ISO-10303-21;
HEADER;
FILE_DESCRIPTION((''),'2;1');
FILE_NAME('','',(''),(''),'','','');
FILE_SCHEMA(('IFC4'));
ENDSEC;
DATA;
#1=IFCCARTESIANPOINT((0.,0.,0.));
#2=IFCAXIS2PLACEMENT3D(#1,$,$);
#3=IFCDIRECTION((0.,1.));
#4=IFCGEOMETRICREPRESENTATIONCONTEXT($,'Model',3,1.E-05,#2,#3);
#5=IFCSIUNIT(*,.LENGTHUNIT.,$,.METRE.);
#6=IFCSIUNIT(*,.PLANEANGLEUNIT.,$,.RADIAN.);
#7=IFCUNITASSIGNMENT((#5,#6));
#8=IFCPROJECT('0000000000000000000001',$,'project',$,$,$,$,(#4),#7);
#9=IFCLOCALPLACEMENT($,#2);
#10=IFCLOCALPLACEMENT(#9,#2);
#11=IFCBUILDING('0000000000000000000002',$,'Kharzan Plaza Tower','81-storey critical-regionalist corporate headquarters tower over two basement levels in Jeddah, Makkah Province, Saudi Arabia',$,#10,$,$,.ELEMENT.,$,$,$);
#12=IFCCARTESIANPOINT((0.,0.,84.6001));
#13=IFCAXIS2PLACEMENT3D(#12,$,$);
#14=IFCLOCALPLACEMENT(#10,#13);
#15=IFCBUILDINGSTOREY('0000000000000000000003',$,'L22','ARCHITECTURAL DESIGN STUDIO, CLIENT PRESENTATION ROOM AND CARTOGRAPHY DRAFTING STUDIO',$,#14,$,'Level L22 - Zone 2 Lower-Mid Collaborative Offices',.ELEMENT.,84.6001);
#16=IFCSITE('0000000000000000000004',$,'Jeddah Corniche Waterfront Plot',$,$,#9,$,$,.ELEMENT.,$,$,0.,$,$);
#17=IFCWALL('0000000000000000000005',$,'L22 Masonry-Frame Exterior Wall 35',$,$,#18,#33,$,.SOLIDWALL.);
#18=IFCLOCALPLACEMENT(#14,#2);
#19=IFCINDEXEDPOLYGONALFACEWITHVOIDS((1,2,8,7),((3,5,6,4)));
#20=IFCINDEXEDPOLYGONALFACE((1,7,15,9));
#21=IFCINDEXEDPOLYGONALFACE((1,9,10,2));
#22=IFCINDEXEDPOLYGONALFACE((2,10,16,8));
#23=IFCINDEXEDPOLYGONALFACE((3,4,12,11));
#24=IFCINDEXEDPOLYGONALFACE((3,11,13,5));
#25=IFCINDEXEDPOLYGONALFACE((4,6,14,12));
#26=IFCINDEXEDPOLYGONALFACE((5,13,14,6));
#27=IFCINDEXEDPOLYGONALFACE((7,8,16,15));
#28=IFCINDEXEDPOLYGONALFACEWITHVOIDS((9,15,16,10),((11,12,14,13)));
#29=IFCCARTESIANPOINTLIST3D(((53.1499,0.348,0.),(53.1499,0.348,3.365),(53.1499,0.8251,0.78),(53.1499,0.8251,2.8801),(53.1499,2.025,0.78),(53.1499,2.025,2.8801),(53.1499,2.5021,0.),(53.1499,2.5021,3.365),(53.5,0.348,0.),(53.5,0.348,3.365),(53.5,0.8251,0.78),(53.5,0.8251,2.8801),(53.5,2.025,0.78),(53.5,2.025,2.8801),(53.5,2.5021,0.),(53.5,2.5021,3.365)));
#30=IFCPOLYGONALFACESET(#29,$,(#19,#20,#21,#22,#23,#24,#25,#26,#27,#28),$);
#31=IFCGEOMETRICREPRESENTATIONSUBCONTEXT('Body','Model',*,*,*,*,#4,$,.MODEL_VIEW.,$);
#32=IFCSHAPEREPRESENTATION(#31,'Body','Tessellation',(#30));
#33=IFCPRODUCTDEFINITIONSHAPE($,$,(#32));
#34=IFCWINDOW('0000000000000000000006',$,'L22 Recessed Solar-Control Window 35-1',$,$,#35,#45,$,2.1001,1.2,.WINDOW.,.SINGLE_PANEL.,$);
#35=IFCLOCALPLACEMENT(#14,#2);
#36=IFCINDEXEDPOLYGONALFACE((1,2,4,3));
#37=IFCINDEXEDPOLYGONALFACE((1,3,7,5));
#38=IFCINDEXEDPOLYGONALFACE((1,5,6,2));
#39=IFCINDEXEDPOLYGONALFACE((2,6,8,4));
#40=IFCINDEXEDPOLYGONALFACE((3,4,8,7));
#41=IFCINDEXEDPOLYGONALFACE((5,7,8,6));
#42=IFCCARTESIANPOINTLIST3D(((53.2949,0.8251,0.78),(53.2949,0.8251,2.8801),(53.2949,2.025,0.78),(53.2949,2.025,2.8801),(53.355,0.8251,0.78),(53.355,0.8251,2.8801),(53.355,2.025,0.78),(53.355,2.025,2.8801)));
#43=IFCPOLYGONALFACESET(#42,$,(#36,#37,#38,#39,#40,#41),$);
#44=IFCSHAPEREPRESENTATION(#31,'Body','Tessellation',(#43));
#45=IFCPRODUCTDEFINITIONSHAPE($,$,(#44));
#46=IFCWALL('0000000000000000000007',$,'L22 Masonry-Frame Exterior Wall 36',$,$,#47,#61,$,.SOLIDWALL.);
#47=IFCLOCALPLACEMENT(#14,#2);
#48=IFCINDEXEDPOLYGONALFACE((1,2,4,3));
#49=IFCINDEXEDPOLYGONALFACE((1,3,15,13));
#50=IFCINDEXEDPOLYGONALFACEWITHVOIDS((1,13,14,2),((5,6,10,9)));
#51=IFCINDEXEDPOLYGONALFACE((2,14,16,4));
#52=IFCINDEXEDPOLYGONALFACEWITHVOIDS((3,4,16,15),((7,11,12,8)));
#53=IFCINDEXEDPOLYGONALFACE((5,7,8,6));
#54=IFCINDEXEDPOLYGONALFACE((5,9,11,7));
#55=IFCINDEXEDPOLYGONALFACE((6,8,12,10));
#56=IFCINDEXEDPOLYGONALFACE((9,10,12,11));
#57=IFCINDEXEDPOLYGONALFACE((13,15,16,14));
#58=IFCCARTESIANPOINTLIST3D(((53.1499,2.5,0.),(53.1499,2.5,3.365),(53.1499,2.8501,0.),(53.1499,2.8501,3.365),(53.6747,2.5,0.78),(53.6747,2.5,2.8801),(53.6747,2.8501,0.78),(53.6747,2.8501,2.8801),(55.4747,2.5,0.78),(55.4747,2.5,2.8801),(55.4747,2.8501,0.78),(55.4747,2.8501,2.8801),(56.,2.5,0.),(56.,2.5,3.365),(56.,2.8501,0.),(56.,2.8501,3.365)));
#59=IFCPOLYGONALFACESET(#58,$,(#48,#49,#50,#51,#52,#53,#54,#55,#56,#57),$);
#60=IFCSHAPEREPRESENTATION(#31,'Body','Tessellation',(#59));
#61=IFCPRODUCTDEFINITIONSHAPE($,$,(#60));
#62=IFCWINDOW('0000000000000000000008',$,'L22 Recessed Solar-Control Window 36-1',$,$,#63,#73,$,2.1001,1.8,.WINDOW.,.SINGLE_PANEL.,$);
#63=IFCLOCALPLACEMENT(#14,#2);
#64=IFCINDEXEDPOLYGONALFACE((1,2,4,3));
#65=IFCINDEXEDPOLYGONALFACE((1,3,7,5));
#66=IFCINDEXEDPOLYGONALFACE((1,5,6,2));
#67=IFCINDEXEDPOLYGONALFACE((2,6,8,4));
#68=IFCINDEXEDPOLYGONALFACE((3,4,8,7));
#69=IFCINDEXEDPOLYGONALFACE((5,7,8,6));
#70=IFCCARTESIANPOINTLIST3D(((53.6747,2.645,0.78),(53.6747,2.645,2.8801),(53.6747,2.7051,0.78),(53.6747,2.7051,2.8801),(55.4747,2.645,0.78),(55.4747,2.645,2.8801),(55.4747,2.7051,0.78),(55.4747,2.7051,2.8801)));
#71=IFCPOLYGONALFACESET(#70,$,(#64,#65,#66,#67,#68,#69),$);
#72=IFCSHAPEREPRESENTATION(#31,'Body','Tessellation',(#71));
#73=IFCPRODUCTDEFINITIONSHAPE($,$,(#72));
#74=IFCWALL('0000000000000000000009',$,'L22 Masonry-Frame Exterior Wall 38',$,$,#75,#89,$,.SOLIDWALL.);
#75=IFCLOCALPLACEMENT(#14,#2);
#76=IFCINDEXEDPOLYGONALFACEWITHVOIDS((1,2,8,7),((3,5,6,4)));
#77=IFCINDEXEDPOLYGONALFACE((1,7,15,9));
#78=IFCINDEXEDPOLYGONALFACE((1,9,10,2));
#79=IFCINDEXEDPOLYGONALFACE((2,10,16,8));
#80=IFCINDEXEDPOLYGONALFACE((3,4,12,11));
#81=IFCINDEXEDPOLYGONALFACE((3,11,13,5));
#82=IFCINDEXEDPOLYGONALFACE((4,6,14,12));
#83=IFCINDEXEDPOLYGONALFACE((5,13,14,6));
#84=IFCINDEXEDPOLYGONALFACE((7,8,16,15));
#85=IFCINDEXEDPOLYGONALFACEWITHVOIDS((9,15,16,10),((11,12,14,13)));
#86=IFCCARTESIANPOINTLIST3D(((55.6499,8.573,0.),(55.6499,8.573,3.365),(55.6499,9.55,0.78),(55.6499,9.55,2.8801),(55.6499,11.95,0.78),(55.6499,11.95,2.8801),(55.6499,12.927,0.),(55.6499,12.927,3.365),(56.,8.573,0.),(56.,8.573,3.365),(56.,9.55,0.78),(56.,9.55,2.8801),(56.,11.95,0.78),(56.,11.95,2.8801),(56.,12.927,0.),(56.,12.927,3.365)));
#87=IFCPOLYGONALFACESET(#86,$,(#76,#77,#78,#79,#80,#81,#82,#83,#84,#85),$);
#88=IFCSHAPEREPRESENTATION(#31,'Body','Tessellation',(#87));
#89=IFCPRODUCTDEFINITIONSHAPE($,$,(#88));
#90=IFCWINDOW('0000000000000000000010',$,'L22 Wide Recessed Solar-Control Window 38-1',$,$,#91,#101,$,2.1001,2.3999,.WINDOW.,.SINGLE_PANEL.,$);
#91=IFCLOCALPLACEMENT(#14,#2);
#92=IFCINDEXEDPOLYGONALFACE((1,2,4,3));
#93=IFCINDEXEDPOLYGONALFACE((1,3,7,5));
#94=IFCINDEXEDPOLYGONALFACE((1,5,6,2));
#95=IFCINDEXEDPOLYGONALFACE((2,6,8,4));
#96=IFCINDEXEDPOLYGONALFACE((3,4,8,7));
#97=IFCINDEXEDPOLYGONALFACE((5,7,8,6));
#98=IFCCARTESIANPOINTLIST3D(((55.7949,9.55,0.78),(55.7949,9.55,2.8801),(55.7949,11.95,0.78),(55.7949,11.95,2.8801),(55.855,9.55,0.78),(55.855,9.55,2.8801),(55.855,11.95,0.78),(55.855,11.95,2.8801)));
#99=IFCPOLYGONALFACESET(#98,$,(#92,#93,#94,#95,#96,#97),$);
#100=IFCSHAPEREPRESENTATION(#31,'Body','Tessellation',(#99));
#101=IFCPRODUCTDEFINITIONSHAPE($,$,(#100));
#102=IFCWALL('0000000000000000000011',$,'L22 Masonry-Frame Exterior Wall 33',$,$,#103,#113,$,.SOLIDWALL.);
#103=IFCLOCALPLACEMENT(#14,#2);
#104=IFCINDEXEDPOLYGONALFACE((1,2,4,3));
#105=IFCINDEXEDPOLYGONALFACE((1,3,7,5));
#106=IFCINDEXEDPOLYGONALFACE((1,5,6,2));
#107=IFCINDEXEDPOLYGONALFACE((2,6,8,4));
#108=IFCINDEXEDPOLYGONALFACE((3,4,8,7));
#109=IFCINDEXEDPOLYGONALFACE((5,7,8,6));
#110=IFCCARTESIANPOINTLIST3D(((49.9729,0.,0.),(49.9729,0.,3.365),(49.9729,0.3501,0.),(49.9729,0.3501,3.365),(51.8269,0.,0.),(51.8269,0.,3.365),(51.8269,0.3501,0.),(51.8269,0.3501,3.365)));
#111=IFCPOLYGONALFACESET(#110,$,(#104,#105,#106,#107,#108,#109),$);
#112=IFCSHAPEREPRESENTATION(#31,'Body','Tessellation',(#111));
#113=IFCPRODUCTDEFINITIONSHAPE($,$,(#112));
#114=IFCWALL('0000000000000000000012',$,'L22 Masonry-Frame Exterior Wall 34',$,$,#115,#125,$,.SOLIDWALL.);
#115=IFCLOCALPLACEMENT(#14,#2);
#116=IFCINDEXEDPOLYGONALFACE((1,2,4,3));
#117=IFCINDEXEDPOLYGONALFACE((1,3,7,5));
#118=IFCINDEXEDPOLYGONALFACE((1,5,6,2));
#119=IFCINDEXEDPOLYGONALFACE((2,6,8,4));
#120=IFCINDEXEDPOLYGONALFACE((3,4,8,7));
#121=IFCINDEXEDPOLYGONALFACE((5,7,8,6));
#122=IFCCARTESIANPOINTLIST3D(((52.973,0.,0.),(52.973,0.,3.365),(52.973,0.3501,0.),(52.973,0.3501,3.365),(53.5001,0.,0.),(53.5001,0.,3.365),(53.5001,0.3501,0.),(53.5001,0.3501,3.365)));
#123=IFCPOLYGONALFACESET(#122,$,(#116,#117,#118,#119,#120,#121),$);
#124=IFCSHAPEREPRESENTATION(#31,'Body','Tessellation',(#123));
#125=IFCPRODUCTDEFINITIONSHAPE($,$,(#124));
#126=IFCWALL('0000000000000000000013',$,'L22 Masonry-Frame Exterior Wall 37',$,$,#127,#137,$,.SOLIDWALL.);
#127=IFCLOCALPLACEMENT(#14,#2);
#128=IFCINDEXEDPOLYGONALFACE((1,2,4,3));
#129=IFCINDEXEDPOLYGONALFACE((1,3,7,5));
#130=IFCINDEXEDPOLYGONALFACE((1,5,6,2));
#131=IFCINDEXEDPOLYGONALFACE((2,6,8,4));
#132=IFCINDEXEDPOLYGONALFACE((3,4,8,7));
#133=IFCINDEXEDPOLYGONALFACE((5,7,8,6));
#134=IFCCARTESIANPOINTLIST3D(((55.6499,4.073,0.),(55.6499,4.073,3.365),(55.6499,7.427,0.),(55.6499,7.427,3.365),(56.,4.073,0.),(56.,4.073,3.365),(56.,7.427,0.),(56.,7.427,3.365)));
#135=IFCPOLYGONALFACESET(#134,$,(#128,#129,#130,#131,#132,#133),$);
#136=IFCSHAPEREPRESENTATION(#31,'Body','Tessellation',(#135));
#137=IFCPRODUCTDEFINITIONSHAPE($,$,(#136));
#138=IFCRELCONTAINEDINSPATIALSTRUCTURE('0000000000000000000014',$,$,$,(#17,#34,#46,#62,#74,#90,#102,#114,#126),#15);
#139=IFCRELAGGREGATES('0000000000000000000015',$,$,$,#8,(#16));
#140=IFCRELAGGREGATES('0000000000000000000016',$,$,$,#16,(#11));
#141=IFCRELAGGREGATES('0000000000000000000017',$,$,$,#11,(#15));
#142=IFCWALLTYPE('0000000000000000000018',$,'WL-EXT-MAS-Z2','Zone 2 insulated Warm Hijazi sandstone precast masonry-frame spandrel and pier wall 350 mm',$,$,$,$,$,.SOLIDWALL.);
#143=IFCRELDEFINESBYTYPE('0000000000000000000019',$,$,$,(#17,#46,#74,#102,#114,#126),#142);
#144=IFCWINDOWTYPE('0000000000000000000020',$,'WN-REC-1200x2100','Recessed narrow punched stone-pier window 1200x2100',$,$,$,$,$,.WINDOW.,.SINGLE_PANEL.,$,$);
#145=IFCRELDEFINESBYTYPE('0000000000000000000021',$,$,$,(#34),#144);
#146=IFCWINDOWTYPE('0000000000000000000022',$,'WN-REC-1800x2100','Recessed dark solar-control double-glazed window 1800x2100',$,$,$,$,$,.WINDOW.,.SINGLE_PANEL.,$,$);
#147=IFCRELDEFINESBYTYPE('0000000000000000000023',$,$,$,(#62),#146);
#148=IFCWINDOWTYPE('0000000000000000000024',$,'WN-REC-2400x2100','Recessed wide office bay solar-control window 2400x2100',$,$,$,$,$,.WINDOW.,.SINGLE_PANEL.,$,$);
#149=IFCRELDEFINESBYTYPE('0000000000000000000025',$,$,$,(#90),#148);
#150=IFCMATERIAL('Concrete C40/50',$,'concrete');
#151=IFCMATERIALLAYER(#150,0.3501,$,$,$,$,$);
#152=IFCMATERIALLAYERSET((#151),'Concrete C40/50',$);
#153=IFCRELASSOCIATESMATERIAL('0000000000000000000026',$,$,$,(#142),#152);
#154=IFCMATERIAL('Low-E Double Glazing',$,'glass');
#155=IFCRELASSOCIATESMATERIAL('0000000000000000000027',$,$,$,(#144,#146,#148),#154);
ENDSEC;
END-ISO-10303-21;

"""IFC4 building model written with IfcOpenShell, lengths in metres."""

from ifc_helpers import new_model, si_unit, direction, frame, frame_2d, origin, place, context, subcontext, project, spatial, rectangle, extrude, source, transform, mapped, material, layer, layer_set, type_object, element, fill, save


model = new_model("IFC4")

# Units and contexts
model_context = context("Model", 3, precision=1e-05, world=origin(), true_north=direction((0.0, 1.0)))
body_context = subcontext(model_context, "Body", "Model", "MODEL_VIEW")
ifc_project = project(units=[si_unit("LENGTHUNIT", "METRE"), si_unit("PLANEANGLEUNIT", "RADIAN")], contexts=[model_context])

# Site, building, storey
site_placement = place(None, origin())
site = spatial("IfcSite", under=ifc_project, at=site_placement, Name="Jeddah Corniche Waterfront Plot", CompositionType="ELEMENT", RefElevation=0.0)
building_placement = place(site_placement, origin())
building = spatial("IfcBuilding", under=site, at=building_placement, Name="Kharzan Plaza Tower", Description="81-storey critical-regionalist corporate headquarters tower over two basement levels in Jeddah, Makkah Province, Saudi Arabia", CompositionType="ELEMENT")
storey_placement = place(building_placement, frame((0.0, 0.0, 84.6001)))
storey = spatial("IfcBuildingStorey", under=building, at=storey_placement, Name="L22", Description="ARCHITECTURAL DESIGN STUDIO, CLIENT PRESENTATION ROOM AND CARTOGRAPHY DRAFTING STUDIO", LongName="Level L22 - Zone 2 Lower-Mid Collaborative Offices", CompositionType="ELEMENT", Elevation=84.6001)

# Walls, openings, windows
ifc_material_1 = material(Name="Concrete C40/50", Category="concrete")
ifc_layer = layer(ifc_material_1, 0.3501)
ifc_layer_set = layer_set([ifc_layer], Name="Concrete C40/50")
wall_type = type_object("IfcWallType", Name="WL-EXT-MAS-Z2", Description="Zone 2 insulated Warm Hijazi sandstone precast masonry-frame spandrel and pier wall 350 mm", PredefinedType="SOLIDWALL", material=ifc_layer_set)
wall_1_placement = place(storey_placement, frame((53.325, 0.3479, 0.0), z_axis=(0.0, 0.0, 1.0), x_axis=(0.0, 1.0, 0.0)))
wall_1 = element("IfcWall", 1, at=wall_1_placement, inside=storey, type_object=wall_type, Name="L22 Masonry-Frame Exterior Wall 35", PredefinedType="SOLIDWALL", context=body_context, shape_type="SweptSolid", body=[
    extrude(rectangle(XDim=2.1541, YDim=0.3501, at=frame_2d((1.0771, 0.0))), origin(), (0.0, 0.0, 1.0), 3.365),
])
opening_1_placement = place(wall_1_placement, frame((0.4771, 0.0, 0.78)))
opening_1 = element("IfcOpeningElement", 2, at=opening_1_placement, cuts=wall_1, PredefinedType="OPENING", context=body_context, shape_type="SweptSolid", body=[
    extrude(rectangle(XDim=1.2, YDim=2.1001, at=frame_2d((0.6001, 1.05))), frame((0.0, 0.1851, 0.0), z_axis=(0.0, -1.0, 0.0), x_axis=(1.0, 0.0, 0.0)), (0.0, 0.0, 1.0), 0.3701),
])
ifc_material_2 = material(Name="Low-E Double Glazing", Category="glass")
window_type_1 = type_object("IfcWindowType", Name="WN-REC-1200x2100", Description="Recessed narrow punched stone-pier window 1200x2100", PartitioningType="SINGLE_PANEL", PredefinedType="WINDOW", material=ifc_material_2)
shared_shape_1 = source(origin(), body_context, "Body", "SweptSolid", [
    extrude(rectangle(XDim=1.2, YDim=2.1001, at=frame_2d((0.6001, 1.05))), frame((0.0, 0.03, 0.0), z_axis=(0.0, -1.0, 0.0), x_axis=(1.0, 0.0, 0.0)), (0.0, 0.0, 1.0), 0.0601),
])
window_1_placement = place(opening_1_placement, origin())
window_1 = element("IfcWindow", 3, at=window_1_placement, inside=storey, type_object=window_type_1, Name="L22 Recessed Solar-Control Window 35-1", OverallHeight=2.1001, OverallWidth=1.2, PartitioningType="SINGLE_PANEL", PredefinedType="WINDOW", context=body_context, shape_type="MappedRepresentation", body=[
    mapped(shared_shape_1, transform((0.0, 0.0, 0.0), x_axis=(1.0, 0.0, 0.0), y_axis=(0.0, 1.0, 0.0), z_axis=(0.0, 0.0, 1.0))),
])
fill(opening_1, window_1)
wall_2_placement = place(storey_placement, frame((53.1499, 2.675, 0.0), z_axis=(0.0, 0.0, 1.0), x_axis=(1.0, 0.0, 0.0)))
wall_2 = element("IfcWall", 4, at=wall_2_placement, inside=storey, type_object=wall_type, Name="L22 Masonry-Frame Exterior Wall 36", PredefinedType="SOLIDWALL", context=body_context, shape_type="SweptSolid", body=[
    extrude(rectangle(XDim=2.8501, YDim=0.3501, at=frame_2d((1.425, 0.0))), origin(), (0.0, 0.0, 1.0), 3.365),
])
opening_2_placement = place(wall_2_placement, frame((0.5249, 0.0, 0.78)))
opening_2 = element("IfcOpeningElement", 5, at=opening_2_placement, cuts=wall_2, PredefinedType="OPENING", context=body_context, shape_type="SweptSolid", body=[
    extrude(rectangle(XDim=1.8, YDim=2.1001, at=frame_2d((0.8999, 1.05))), frame((0.0, 0.1851, 0.0), z_axis=(0.0, -1.0, 0.0), x_axis=(1.0, 0.0, 0.0)), (0.0, 0.0, 1.0), 0.3701),
])
window_type_2 = type_object("IfcWindowType", Name="WN-REC-1800x2100", Description="Recessed dark solar-control double-glazed window 1800x2100", PartitioningType="SINGLE_PANEL", PredefinedType="WINDOW", material=ifc_material_2)
shared_shape_2 = source(origin(), body_context, "Body", "SweptSolid", [
    extrude(rectangle(XDim=1.8, YDim=2.1001, at=frame_2d((0.8999, 1.05))), frame((0.0, 0.03, 0.0), z_axis=(0.0, -1.0, 0.0), x_axis=(1.0, 0.0, 0.0)), (0.0, 0.0, 1.0), 0.0601),
])
window_2_placement = place(opening_2_placement, origin())
window_2 = element("IfcWindow", 6, at=window_2_placement, inside=storey, type_object=window_type_2, Name="L22 Recessed Solar-Control Window 36-1", OverallHeight=2.1001, OverallWidth=1.8, PartitioningType="SINGLE_PANEL", PredefinedType="WINDOW", context=body_context, shape_type="MappedRepresentation", body=[
    mapped(shared_shape_2, transform((0.0, 0.0, 0.0), x_axis=(1.0, 0.0, 0.0), y_axis=(0.0, 1.0, 0.0), z_axis=(0.0, 0.0, 1.0))),
])
fill(opening_2, window_2)
wall_3_placement = place(storey_placement, frame((55.825, 8.573, 0.0), z_axis=(0.0, 0.0, 1.0), x_axis=(0.0, 1.0, 0.0)))
wall_3 = element("IfcWall", 7, at=wall_3_placement, inside=storey, type_object=wall_type, Name="L22 Masonry-Frame Exterior Wall 38", PredefinedType="SOLIDWALL", context=body_context, shape_type="SweptSolid", body=[
    extrude(rectangle(XDim=4.354, YDim=0.3501, at=frame_2d((2.177, 0.0))), origin(), (0.0, 0.0, 1.0), 3.365),
])
opening_3_placement = place(wall_3_placement, frame((0.9771, 0.0, 0.78)))
opening_3 = element("IfcOpeningElement", 8, at=opening_3_placement, cuts=wall_3, PredefinedType="OPENING", context=body_context, shape_type="SweptSolid", body=[
    extrude(rectangle(XDim=2.3999, YDim=2.1001, at=frame_2d((1.2, 1.05))), frame((0.0, 0.1851, 0.0), z_axis=(0.0, -1.0, 0.0), x_axis=(1.0, 0.0, 0.0)), (0.0, 0.0, 1.0), 0.3701),
])
window_type_3 = type_object("IfcWindowType", Name="WN-REC-2400x2100", Description="Recessed wide office bay solar-control window 2400x2100", PartitioningType="SINGLE_PANEL", PredefinedType="WINDOW", material=ifc_material_2)
shared_shape_3 = source(origin(), body_context, "Body", "SweptSolid", [
    extrude(rectangle(XDim=2.3999, YDim=2.1001, at=frame_2d((1.2, 1.05))), frame((0.0, 0.03, 0.0), z_axis=(0.0, -1.0, 0.0), x_axis=(1.0, 0.0, 0.0)), (0.0, 0.0, 1.0), 0.0601),
])
window_3_placement = place(opening_3_placement, origin())
window_3 = element("IfcWindow", 9, at=window_3_placement, inside=storey, type_object=window_type_3, Name="L22 Wide Recessed Solar-Control Window 38-1", OverallHeight=2.1001, OverallWidth=2.3999, PartitioningType="SINGLE_PANEL", PredefinedType="WINDOW", context=body_context, shape_type="MappedRepresentation", body=[
    mapped(shared_shape_3, transform((0.0, 0.0, 0.0), x_axis=(1.0, 0.0, 0.0), y_axis=(0.0, 1.0, 0.0), z_axis=(0.0, 0.0, 1.0))),
])
fill(opening_3, window_3)

# Walls
shared_shape_4 = source(origin(), body_context, "Body", "SweptSolid", [
    extrude(rectangle(XDim=1.854, YDim=0.3501, at=frame_2d((0.927, 0.0))), origin(), (0.0, 0.0, 1.0), 3.365),
])
wall_4_placement = place(storey_placement, frame((49.9729, 0.175, 0.0), z_axis=(0.0, 0.0, 1.0), x_axis=(1.0, 0.0, 0.0)))
element("IfcWall", 10, at=wall_4_placement, inside=storey, type_object=wall_type, Name="L22 Masonry-Frame Exterior Wall 33", PredefinedType="SOLIDWALL", context=body_context, shape_type="MappedRepresentation", body=[
    mapped(shared_shape_4, transform((0.0, 0.0, 0.0), x_axis=(1.0, 0.0, 0.0), y_axis=(0.0, 1.0, 0.0), z_axis=(0.0, 0.0, 1.0))),
])
shared_shape_5 = source(origin(), body_context, "Body", "SweptSolid", [
    extrude(rectangle(XDim=0.5271, YDim=0.3501, at=frame_2d((0.2637, 0.0))), origin(), (0.0, 0.0, 1.0), 3.365),
])
wall_5_placement = place(storey_placement, frame((52.9729, 0.175, 0.0), z_axis=(0.0, 0.0, 1.0), x_axis=(1.0, 0.0, 0.0)))
element("IfcWall", 11, at=wall_5_placement, inside=storey, type_object=wall_type, Name="L22 Masonry-Frame Exterior Wall 34", PredefinedType="SOLIDWALL", context=body_context, shape_type="MappedRepresentation", body=[
    mapped(shared_shape_5, transform((0.0, 0.0, 0.0), x_axis=(1.0, 0.0, 0.0), y_axis=(0.0, 1.0, 0.0), z_axis=(0.0, 0.0, 1.0))),
])
shared_shape_6 = source(origin(), body_context, "Body", "SweptSolid", [
    extrude(rectangle(XDim=3.354, YDim=0.3501, at=frame_2d((1.677, 0.0))), origin(), (0.0, 0.0, 1.0), 3.365),
])
wall_6_placement = place(storey_placement, frame((55.825, 4.073, 0.0), z_axis=(0.0, 0.0, 1.0), x_axis=(0.0, 1.0, 0.0)))
element("IfcWall", 12, at=wall_6_placement, inside=storey, type_object=wall_type, Name="L22 Masonry-Frame Exterior Wall 37", PredefinedType="SOLIDWALL", context=body_context, shape_type="MappedRepresentation", body=[
    mapped(shared_shape_6, transform((0.0, 0.0, 0.0), x_axis=(1.0, 0.0, 0.0), y_axis=(0.0, 1.0, 0.0), z_axis=(0.0, 0.0, 1.0))),
])

save(model, "model.ifc")
